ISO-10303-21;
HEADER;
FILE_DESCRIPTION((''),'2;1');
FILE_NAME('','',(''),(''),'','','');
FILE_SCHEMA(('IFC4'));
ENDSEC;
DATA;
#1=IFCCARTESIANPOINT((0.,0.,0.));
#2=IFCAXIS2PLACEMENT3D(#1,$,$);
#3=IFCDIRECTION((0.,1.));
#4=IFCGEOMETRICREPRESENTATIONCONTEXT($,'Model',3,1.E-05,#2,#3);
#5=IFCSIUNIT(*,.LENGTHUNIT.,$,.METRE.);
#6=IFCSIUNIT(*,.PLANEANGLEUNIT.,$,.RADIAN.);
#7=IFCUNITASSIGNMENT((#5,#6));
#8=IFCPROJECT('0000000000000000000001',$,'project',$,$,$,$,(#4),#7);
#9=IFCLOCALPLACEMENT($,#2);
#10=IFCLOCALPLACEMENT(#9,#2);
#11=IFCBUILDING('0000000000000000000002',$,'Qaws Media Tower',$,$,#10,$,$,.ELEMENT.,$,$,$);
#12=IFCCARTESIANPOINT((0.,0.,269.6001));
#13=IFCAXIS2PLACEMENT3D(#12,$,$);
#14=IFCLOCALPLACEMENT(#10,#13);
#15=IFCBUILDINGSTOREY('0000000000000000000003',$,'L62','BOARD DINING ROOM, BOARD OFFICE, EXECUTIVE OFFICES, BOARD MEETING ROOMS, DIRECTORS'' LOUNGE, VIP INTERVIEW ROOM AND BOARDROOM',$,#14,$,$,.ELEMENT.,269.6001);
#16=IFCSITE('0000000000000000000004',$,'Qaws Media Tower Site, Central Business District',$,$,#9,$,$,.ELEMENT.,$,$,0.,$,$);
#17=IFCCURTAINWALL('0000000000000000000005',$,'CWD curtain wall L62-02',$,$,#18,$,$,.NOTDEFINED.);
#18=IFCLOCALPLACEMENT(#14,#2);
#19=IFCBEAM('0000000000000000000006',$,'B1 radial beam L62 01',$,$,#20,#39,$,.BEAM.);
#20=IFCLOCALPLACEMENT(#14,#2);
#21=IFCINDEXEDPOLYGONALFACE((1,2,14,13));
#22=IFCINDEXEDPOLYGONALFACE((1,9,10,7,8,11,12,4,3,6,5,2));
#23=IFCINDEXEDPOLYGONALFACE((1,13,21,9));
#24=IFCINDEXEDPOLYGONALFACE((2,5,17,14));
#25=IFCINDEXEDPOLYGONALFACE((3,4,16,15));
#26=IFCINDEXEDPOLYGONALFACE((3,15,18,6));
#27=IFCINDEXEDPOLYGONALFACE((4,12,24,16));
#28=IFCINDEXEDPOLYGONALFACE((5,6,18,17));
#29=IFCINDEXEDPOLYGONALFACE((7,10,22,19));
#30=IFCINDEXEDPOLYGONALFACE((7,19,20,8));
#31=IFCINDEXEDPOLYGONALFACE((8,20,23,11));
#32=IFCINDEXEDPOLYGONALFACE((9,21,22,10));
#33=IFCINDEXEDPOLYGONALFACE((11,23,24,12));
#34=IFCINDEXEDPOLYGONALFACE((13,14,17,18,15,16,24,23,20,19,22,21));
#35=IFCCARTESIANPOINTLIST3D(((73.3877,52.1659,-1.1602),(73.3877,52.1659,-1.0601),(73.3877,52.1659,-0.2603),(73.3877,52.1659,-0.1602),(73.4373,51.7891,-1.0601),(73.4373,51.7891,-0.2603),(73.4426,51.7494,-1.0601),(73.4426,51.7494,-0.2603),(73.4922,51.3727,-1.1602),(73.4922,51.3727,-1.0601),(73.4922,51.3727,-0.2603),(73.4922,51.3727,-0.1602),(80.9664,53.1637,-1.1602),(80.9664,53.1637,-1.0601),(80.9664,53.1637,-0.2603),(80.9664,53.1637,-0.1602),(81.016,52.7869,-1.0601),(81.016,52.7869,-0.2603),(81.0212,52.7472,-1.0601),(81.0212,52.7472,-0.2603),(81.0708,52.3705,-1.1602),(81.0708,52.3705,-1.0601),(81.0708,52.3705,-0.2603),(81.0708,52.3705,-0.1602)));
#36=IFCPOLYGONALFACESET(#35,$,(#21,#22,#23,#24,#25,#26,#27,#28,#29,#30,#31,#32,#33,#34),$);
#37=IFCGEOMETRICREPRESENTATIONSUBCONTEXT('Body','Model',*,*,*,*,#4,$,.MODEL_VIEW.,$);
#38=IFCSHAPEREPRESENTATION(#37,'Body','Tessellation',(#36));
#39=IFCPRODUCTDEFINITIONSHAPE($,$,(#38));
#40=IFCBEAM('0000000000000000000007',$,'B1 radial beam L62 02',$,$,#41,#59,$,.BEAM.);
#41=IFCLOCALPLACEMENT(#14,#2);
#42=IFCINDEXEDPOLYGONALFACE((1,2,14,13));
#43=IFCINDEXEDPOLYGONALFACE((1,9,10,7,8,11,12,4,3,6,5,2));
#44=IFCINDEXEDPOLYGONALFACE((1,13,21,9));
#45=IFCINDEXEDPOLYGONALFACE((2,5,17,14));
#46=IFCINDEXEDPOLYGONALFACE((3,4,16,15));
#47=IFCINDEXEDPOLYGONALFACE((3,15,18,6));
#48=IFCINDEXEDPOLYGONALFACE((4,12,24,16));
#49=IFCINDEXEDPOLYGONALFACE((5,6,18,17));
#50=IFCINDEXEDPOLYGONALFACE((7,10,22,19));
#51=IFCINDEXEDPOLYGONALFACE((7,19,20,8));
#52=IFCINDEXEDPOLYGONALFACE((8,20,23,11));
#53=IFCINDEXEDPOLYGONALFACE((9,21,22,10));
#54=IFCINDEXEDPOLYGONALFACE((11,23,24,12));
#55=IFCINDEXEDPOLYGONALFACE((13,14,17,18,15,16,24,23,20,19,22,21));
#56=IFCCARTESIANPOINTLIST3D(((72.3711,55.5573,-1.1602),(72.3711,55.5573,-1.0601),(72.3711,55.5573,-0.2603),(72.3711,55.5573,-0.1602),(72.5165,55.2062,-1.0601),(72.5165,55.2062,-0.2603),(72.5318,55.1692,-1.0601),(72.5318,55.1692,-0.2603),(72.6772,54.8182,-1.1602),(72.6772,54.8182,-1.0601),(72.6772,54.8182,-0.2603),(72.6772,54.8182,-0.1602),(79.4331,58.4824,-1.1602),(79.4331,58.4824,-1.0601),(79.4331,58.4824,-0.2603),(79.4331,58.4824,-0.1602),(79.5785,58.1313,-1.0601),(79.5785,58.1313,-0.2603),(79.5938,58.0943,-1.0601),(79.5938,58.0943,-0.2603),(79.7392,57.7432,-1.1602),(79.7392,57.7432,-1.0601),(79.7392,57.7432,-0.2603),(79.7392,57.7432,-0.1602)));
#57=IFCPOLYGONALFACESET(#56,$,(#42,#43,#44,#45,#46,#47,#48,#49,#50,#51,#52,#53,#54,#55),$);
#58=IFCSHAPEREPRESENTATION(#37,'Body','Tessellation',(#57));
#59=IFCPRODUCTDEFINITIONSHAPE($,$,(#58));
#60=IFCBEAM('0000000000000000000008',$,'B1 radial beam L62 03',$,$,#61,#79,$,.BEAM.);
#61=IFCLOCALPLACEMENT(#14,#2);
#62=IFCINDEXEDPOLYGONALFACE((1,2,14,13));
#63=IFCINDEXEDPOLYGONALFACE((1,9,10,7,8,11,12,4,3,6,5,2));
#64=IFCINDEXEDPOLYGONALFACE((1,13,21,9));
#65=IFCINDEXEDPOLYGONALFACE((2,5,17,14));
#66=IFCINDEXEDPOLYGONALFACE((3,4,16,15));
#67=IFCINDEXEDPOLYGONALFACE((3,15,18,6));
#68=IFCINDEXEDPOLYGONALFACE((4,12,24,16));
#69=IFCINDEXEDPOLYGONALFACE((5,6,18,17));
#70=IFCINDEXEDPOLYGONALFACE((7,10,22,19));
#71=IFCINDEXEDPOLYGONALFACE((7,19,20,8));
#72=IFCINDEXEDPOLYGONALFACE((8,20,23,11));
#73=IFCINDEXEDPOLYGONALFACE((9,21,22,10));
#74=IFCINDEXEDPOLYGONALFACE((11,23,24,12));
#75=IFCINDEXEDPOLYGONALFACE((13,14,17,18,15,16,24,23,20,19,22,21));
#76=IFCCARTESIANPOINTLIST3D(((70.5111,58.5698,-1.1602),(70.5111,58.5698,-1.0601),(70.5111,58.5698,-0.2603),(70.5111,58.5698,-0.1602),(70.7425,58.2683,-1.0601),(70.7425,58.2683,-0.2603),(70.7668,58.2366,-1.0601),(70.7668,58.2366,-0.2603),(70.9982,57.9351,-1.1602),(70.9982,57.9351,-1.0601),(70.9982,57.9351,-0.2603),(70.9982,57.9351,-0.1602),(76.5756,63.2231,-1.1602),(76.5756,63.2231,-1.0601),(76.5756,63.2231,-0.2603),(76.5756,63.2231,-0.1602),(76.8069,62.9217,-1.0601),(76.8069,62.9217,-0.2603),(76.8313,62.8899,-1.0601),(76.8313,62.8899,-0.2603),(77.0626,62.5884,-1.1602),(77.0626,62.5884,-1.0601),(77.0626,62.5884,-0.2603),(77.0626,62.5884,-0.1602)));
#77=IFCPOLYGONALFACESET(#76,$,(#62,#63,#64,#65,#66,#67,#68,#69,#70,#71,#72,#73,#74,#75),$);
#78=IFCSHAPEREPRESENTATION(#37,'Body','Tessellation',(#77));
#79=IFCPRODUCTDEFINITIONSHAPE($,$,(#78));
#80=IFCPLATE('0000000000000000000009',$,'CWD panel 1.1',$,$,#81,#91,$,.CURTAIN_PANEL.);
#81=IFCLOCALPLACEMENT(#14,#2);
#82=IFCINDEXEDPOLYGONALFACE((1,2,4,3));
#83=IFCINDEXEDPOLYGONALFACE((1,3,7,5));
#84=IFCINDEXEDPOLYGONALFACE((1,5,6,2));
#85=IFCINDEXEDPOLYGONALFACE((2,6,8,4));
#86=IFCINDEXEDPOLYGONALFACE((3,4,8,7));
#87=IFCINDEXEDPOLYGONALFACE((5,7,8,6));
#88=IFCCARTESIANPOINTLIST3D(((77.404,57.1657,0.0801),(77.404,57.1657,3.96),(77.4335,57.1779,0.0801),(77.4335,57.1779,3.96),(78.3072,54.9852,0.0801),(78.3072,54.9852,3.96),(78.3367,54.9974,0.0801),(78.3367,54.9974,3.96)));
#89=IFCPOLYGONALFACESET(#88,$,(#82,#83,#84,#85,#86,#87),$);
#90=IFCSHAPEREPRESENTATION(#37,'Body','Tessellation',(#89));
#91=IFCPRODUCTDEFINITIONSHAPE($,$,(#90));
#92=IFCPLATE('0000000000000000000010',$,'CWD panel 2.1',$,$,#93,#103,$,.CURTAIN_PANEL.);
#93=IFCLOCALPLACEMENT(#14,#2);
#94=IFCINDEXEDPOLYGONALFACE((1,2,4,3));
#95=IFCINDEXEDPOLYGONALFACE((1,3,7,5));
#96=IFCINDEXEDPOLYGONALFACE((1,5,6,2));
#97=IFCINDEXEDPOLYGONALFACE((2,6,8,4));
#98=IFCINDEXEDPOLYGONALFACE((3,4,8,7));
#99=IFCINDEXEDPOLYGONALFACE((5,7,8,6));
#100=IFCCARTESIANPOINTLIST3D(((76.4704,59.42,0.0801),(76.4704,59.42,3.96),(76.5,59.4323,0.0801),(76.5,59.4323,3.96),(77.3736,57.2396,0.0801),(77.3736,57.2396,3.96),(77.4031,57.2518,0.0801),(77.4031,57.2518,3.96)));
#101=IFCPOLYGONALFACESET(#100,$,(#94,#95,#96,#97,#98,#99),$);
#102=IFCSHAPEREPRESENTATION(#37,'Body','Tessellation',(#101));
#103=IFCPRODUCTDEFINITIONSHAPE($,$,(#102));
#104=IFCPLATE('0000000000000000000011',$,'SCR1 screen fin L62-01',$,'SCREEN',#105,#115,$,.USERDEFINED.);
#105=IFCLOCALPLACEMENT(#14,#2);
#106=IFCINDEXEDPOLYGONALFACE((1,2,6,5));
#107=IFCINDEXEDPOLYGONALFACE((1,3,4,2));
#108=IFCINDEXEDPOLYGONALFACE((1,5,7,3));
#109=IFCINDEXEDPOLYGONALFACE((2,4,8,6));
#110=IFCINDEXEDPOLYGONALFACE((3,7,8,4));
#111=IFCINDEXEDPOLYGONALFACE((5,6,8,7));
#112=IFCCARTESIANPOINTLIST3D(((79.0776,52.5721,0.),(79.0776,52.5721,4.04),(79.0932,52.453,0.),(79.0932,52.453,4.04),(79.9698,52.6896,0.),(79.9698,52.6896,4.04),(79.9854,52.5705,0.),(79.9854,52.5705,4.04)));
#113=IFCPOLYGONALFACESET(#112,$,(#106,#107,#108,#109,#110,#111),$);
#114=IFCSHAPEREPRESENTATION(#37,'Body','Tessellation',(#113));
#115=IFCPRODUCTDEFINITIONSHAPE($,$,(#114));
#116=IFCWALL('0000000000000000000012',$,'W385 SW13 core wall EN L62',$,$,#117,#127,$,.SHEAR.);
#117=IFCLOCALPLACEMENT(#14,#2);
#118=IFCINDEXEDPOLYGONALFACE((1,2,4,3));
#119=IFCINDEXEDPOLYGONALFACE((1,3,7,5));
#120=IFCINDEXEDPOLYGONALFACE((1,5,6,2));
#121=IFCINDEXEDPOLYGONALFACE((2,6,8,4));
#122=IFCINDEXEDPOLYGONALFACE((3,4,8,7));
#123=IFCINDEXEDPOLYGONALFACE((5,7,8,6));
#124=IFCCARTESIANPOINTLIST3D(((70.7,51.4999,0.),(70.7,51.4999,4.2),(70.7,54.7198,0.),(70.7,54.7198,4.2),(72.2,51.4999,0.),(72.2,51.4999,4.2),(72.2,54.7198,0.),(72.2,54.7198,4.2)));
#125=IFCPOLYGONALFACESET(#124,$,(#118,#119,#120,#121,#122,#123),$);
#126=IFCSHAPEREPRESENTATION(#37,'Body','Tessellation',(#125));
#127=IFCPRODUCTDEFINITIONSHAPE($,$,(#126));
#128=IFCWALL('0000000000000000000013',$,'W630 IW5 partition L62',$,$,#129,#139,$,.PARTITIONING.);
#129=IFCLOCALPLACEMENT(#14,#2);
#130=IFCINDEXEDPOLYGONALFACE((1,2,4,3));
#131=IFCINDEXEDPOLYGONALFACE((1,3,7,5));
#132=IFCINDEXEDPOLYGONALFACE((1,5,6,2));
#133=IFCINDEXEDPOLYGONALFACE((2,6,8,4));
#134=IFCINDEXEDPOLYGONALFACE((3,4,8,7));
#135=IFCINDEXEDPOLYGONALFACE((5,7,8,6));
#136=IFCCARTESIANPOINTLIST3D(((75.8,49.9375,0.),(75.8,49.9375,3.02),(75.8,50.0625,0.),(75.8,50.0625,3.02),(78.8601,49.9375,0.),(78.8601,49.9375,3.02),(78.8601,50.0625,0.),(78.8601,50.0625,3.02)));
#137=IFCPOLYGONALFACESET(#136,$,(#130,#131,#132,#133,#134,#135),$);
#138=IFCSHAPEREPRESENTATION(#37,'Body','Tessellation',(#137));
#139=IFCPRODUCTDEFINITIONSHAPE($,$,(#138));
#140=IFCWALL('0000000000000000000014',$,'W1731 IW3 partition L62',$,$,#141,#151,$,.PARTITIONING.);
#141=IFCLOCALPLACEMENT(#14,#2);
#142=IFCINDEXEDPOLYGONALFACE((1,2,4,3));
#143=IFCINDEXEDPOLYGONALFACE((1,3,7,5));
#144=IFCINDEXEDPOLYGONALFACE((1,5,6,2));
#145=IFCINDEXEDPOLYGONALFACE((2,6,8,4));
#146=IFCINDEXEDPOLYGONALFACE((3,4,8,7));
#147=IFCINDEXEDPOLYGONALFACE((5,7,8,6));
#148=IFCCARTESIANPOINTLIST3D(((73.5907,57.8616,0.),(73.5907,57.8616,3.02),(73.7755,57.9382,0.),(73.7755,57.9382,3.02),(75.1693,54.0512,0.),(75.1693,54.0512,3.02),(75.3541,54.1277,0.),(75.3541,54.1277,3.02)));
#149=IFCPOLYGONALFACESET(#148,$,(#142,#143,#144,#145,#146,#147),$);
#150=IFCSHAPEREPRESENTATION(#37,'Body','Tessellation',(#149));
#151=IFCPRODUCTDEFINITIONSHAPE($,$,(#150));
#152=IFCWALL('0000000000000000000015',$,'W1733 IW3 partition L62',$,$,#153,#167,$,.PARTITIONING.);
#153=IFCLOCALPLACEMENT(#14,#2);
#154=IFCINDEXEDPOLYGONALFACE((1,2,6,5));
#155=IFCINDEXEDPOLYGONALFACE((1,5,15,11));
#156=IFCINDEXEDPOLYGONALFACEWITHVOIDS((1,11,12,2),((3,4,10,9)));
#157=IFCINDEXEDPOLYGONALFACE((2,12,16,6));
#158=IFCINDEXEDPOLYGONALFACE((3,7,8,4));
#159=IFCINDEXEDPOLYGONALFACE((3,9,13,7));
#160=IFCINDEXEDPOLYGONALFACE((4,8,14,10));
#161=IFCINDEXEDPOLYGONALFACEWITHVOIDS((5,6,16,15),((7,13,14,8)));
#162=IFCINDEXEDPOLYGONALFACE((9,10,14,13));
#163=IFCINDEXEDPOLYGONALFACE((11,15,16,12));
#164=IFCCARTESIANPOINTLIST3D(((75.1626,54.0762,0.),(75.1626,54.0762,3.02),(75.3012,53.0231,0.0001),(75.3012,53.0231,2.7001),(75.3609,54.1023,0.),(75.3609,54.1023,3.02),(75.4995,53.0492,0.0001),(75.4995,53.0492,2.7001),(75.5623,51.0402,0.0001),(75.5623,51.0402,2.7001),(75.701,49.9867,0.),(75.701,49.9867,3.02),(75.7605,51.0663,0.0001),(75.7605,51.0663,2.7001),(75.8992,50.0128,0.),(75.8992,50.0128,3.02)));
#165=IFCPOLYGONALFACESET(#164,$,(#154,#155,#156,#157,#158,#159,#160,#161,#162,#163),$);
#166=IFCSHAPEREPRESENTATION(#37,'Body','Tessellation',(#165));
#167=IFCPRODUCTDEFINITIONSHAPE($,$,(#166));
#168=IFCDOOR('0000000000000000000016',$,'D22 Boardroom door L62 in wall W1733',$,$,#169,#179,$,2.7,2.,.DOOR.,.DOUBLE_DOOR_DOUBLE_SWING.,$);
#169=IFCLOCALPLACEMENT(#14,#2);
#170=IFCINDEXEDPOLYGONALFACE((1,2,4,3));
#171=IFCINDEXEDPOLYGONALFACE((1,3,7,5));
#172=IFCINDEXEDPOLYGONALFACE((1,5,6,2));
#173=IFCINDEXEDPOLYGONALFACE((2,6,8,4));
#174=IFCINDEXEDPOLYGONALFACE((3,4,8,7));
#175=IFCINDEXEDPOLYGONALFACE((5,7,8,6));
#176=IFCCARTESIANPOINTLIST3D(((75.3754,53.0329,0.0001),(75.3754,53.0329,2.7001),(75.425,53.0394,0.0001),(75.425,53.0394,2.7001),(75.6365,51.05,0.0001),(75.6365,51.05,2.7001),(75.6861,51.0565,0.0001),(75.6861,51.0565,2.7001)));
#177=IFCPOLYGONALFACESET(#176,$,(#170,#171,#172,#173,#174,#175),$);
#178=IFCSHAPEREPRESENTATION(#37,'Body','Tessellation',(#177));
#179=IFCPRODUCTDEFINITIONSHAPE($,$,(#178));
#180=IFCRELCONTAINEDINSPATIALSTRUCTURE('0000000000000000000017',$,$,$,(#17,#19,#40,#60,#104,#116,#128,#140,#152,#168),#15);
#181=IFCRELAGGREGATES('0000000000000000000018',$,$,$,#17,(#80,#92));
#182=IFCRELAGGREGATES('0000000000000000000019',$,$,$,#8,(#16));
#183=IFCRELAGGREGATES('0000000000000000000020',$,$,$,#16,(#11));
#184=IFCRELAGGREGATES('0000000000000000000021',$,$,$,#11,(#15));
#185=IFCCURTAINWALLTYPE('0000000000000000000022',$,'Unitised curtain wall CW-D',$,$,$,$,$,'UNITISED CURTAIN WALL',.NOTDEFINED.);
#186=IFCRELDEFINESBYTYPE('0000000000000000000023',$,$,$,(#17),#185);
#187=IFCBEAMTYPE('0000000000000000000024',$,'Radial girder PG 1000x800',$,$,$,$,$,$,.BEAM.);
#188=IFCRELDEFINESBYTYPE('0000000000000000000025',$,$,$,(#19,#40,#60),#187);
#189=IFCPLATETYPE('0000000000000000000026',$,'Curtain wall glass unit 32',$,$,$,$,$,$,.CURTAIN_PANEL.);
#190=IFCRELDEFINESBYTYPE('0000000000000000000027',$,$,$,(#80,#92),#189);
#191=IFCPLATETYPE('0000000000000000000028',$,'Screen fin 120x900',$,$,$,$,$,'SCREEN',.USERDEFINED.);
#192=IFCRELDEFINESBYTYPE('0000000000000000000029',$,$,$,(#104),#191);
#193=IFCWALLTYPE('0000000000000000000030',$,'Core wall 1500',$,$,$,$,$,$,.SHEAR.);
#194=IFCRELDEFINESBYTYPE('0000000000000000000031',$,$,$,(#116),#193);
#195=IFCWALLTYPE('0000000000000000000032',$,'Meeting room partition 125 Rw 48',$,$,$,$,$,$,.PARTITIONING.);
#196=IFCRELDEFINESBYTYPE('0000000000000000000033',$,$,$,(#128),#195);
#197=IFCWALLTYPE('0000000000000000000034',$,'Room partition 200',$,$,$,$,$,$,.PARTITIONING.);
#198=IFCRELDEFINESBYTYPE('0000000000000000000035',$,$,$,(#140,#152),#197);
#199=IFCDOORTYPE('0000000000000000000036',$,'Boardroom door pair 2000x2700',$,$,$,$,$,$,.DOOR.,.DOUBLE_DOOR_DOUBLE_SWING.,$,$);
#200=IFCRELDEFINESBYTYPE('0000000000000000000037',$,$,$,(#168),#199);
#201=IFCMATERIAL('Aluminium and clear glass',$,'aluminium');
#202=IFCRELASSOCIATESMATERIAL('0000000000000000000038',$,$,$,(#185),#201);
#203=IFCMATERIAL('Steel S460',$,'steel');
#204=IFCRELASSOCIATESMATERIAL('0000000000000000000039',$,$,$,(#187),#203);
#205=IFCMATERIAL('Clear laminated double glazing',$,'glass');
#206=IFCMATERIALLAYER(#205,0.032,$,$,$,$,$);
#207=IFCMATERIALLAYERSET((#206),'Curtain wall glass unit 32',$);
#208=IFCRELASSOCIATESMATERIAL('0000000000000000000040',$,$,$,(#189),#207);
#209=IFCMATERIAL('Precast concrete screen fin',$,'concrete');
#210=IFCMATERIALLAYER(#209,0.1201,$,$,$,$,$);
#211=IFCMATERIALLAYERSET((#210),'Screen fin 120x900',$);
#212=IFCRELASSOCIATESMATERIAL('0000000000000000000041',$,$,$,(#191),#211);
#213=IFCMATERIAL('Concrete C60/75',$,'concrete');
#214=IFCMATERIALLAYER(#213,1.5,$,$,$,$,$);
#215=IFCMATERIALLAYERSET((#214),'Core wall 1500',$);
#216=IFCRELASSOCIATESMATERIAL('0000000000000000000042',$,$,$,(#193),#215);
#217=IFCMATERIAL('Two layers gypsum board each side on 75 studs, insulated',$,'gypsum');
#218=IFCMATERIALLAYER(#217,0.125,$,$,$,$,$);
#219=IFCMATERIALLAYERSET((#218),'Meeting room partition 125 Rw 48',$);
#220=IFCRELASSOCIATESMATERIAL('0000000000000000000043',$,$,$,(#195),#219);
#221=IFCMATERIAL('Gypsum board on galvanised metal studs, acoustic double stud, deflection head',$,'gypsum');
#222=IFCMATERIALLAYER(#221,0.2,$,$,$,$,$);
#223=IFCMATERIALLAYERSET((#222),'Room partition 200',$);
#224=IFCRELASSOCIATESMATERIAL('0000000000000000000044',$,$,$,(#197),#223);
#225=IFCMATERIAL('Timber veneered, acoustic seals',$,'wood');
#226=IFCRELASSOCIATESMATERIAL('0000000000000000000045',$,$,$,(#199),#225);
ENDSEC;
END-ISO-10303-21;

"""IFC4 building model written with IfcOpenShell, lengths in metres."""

from ifc_helpers import new_model, si_unit, direction, frame, frame_2d, origin, origin_2d, place, context, subcontext, project, spatial, rectangle, i_section, extrude, material, layer, layer_set, material_profile, profile_set, type_object, element, fill, aggregate, save


model = new_model("IFC4")

# Units and contexts
model_context = context("Model", 3, precision=1e-05, world=origin(), true_north=direction((0.0, 1.0)))
body_context = subcontext(model_context, "Body", "Model", "MODEL_VIEW")
ifc_project = project(units=[si_unit("LENGTHUNIT", "METRE"), si_unit("PLANEANGLEUNIT", "RADIAN")], contexts=[model_context])

# Site, building, storey
site_placement = place(None, origin())
site = spatial("IfcSite", under=ifc_project, at=site_placement, Name="Qaws Media Tower Site, Central Business District", CompositionType="ELEMENT", RefElevation=0.0)
building_placement = place(site_placement, origin())
building = spatial("IfcBuilding", under=site, at=building_placement, Name="Qaws Media Tower", CompositionType="ELEMENT")
storey_placement = place(building_placement, frame((0.0, 0.0, 269.6001)))
storey = spatial("IfcBuildingStorey", under=building, at=storey_placement, Name="L62", Description="BOARD DINING ROOM, BOARD OFFICE, EXECUTIVE OFFICES, BOARD MEETING ROOMS, DIRECTORS' LOUNGE, VIP INTERVIEW ROOM AND BOARDROOM", CompositionType="ELEMENT", Elevation=269.6001)

# Curtain wall
ifc_material_1 = material(Name="Aluminium and clear glass", Category="aluminium")
curtain_wall_type = type_object("IfcCurtainWallType", Name="Unitised curtain wall CW-D", ElementType="UNITISED CURTAIN WALL", PredefinedType="NOTDEFINED", material=ifc_material_1)
curtain_wall_1_placement = place(storey_placement, origin())
curtain_wall_1 = element("IfcCurtainWall", 1, at=curtain_wall_1_placement, inside=storey, type_object=curtain_wall_type, Name="CWD curtain wall L62-02", PredefinedType="NOTDEFINED")

# Beams
ifc_material_2 = material(Name="Steel S460", Category="steel")
ifc_material_profile_1 = material_profile(ifc_material_2, i_section(OverallWidth=0.8, OverallDepth=1.0, WebThickness=0.04, FlangeThickness=0.1001, at=origin_2d()), Name="PG 1000x800")
ifc_profile_set_1 = profile_set([ifc_material_profile_1], Name="Steel S460")
beam_type_1 = type_object("IfcBeamType", Name="Radial girder PG 1000x800", PredefinedType="BEAM", material=ifc_profile_set_1)
beam_1_placement = place(storey_placement, frame((73.4399, 51.7693, -0.6602), z_axis=(0.991444, 0.130534, 0.0), x_axis=(-0.130534, 0.991444, 0.0)))
element("IfcBeam", 2, at=beam_1_placement, inside=storey, type_object=beam_type_1, Name="B1 radial beam L62 01", PredefinedType="BEAM", context=body_context, shape_type="SweptSolid", body=[
    extrude(i_section(OverallWidth=0.8, OverallDepth=1.0, WebThickness=0.04, FlangeThickness=0.1001, at=origin_2d()), origin(), (0.0, 0.0, 1.0), 7.644),
])
beam_2_placement = place(storey_placement, frame((72.5242, 55.1877, -0.6602), z_axis=(0.923886, 0.382669, 0.0), x_axis=(-0.382669, 0.923886, 0.0)))
element("IfcBeam", 3, at=beam_2_placement, inside=storey, type_object=beam_type_1, Name="B1 radial beam L62 02", PredefinedType="BEAM", context=body_context, shape_type="SweptSolid", body=[
    extrude(i_section(OverallWidth=0.8, OverallDepth=1.0, WebThickness=0.04, FlangeThickness=0.1001, at=origin_2d()), origin(), (0.0, 0.0, 1.0), 7.6438),
])
beam_3_placement = place(storey_placement, frame((70.7546, 58.2524, -0.6602), z_axis=(0.79336, 0.608753, 0.0), x_axis=(-0.608753, 0.79336, 0.0)))
element("IfcBeam", 4, at=beam_3_placement, inside=storey, type_object=beam_type_1, Name="B1 radial beam L62 03", PredefinedType="BEAM", context=body_context, shape_type="SweptSolid", body=[
    extrude(i_section(OverallWidth=0.8, OverallDepth=1.0, WebThickness=0.04, FlangeThickness=0.1001, at=origin_2d()), origin(), (0.0, 0.0, 1.0), 7.644),
])

# Plates
ifc_material_3 = material(Name="Clear laminated double glazing", Category="glass")
ifc_layer_1 = layer(ifc_material_3, 0.032)
ifc_layer_set_1 = layer_set([ifc_layer_1], Name="Curtain wall glass unit 32")
plate_type_1 = type_object("IfcPlateType", Name="Curtain wall glass unit 32", PredefinedType="CURTAIN_PANEL", material=ifc_layer_set_1)
plate_1_placement = place(storey_placement, frame((77.8704, 56.0815, 0.0801), z_axis=(0.0, 0.0, 1.0), x_axis=(-0.382683, 0.92388, 0.0)))
plate_1 = element("IfcPlate", 5, at=plate_1_placement, type_object=plate_type_1, Name="CWD panel 1.1", PredefinedType="CURTAIN_PANEL", context=body_context, shape_type="SweptSolid", body=[
    extrude(rectangle(XDim=2.3601, YDim=0.032, at=origin_2d()), origin(), (0.0, 0.0, 1.0), 3.8799),
])
plate_2_placement = place(storey_placement, frame((76.9368, 58.3359, 0.0801), z_axis=(0.0, 0.0, 1.0), x_axis=(-0.382683, 0.92388, 0.0)))
plate_2 = element("IfcPlate", 6, at=plate_2_placement, type_object=plate_type_1, Name="CWD panel 2.1", PredefinedType="CURTAIN_PANEL", context=body_context, shape_type="SweptSolid", body=[
    extrude(rectangle(XDim=2.3601, YDim=0.032, at=origin_2d()), origin(), (0.0, 0.0, 1.0), 3.8799),
])
aggregate(curtain_wall_1, [plate_1, plate_2])
ifc_material_4 = material(Name="Precast concrete screen fin", Category="concrete")
ifc_layer_2 = layer(ifc_material_4, 0.1201)
ifc_layer_set_2 = layer_set([ifc_layer_2], Name="Screen fin 120x900")
plate_type_2 = type_object("IfcPlateType", Name="Screen fin 120x900", ElementType="SCREEN", PredefinedType="USERDEFINED", material=ifc_layer_set_2)
plate_3_placement = place(storey_placement, frame((79.5315, 52.5713, 0.0), z_axis=(0.0, 0.0, 1.0), x_axis=(0.991445, 0.130526, 0.0)))
element("IfcPlate", 7, at=plate_3_placement, inside=storey, type_object=plate_type_2, Name="SCR1 screen fin L62-01", ObjectType="SCREEN", PredefinedType="USERDEFINED", context=body_context, shape_type="SweptSolid", body=[
    extrude(rectangle(XDim=0.8999, YDim=0.1201, at=origin_2d()), origin(), (0.0, 0.0, 1.0), 4.04),
])

# Walls
ifc_material_5 = material(Name="Concrete C60/75", Category="concrete")
ifc_layer_3 = layer(ifc_material_5, 1.5)
ifc_layer_set_3 = layer_set([ifc_layer_3], Name="Core wall 1500")
wall_type_1 = type_object("IfcWallType", Name="Core wall 1500", PredefinedType="SHEAR", material=ifc_layer_set_3)
wall_1_placement = place(storey_placement, frame((71.45, 51.5, 0.0), z_axis=(0.0, 0.0, 1.0), x_axis=(0.0, 1.0, 0.0)))
element("IfcWall", 8, at=wall_1_placement, inside=storey, type_object=wall_type_1, Name="W385 SW13 core wall EN L62", PredefinedType="SHEAR", context=body_context, shape_type="SweptSolid", body=[
    extrude(rectangle(XDim=3.22, YDim=1.5, at=frame_2d((1.6099, 0.0))), origin(), (0.0, 0.0, 1.0), 4.2),
])
ifc_material_6 = material(Name="Two layers gypsum board each side on 75 studs, insulated", Category="gypsum")
ifc_layer_4 = layer(ifc_material_6, 0.125)
ifc_layer_set_4 = layer_set([ifc_layer_4], Name="Meeting room partition 125 Rw 48")
wall_type_2 = type_object("IfcWallType", Name="Meeting room partition 125 Rw 48", PredefinedType="PARTITIONING", material=ifc_layer_set_4)
wall_2_placement = place(storey_placement, frame((75.8, 50.0, 0.0), z_axis=(0.0, 0.0, 1.0), x_axis=(1.0, 0.0, 0.0)))
element("IfcWall", 9, at=wall_2_placement, inside=storey, type_object=wall_type_2, Name="W630 IW5 partition L62", PredefinedType="PARTITIONING", context=body_context, shape_type="SweptSolid", body=[
    extrude(rectangle(XDim=3.0601, YDim=0.125, at=frame_2d((1.53, 0.0))), origin(), (0.0, 0.0, 1.0), 3.02),
])
ifc_material_7 = material(Name="Gypsum board on galvanised metal studs, acoustic double stud, deflection head", Category="gypsum")
ifc_layer_5 = layer(ifc_material_7, 0.2)
ifc_layer_set_5 = layer_set([ifc_layer_5], Name="Room partition 200")
wall_type_3 = type_object("IfcWallType", Name="Room partition 200", PredefinedType="PARTITIONING", material=ifc_layer_set_5)
wall_3_placement = place(storey_placement, frame((73.6831, 57.8999, 0.0), z_axis=(0.0, 0.0, 1.0), x_axis=(0.382732, -0.92386, 0.0)))
element("IfcWall", 10, at=wall_3_placement, inside=storey, type_object=wall_type_3, Name="W1731 IW3 partition L62", PredefinedType="PARTITIONING", context=body_context, shape_type="SweptSolid", body=[
    extrude(rectangle(XDim=4.1245, YDim=0.2, at=frame_2d((2.0623, 0.0))), origin(), (0.0, 0.0, 1.0), 3.02),
])

# Wall, opening, door
wall_4_placement = place(storey_placement, frame((75.2617, 54.0894, 0.0), z_axis=(0.0, 0.0, 1.0), x_axis=(0.130516, -0.991446, 0.0)))
wall_4 = element("IfcWall", 11, at=wall_4_placement, inside=storey, type_object=wall_type_3, Name="W1733 IW3 partition L62", PredefinedType="PARTITIONING", context=body_context, shape_type="SweptSolid", body=[
    extrude(rectangle(XDim=4.1248, YDim=0.2, at=frame_2d((2.0625, 0.0))), origin(), (0.0, 0.0, 1.0), 3.02),
])
opening_1_placement = place(wall_4_placement, frame((1.0623, 0.0, 0.0)))
opening_1 = element("IfcOpeningElement", 12, at=opening_1_placement, cuts=wall_4, PredefinedType="OPENING", context=body_context, shape_type="SweptSolid", body=[
    extrude(rectangle(XDim=2.0, YDim=2.7, at=frame_2d((1.0, 1.3501))), frame((0.0, 0.1099, 0.0), z_axis=(0.0, -1.0, 0.0), x_axis=(1.0, 0.0, 0.0)), (0.0, 0.0, 1.0), 0.22),
])
ifc_material_8 = material(Name="Timber veneered, acoustic seals", Category="wood")
door_type_1 = type_object("IfcDoorType", Name="Boardroom door pair 2000x2700", OperationType="DOUBLE_DOOR_DOUBLE_SWING", PredefinedType="DOOR", material=ifc_material_8)
door_1_placement = place(opening_1_placement, origin())
door_1 = element("IfcDoor", 13, at=door_1_placement, inside=storey, type_object=door_type_1, Name="D22 Boardroom door L62 in wall W1733", OperationType="DOUBLE_DOOR_DOUBLE_SWING", OverallHeight=2.7, OverallWidth=2.0, PredefinedType="DOOR", context=body_context, shape_type="SweptSolid", body=[
    extrude(rectangle(XDim=2.0, YDim=2.7, at=frame_2d((1.0, 1.3501))), frame((0.0, 0.0249, 0.0), z_axis=(0.0, -1.0, 0.0), x_axis=(1.0, 0.0, 0.0)), (0.0, 0.0, 1.0), 0.05),
])
fill(opening_1, door_1)

save(model, "model.ifc")
